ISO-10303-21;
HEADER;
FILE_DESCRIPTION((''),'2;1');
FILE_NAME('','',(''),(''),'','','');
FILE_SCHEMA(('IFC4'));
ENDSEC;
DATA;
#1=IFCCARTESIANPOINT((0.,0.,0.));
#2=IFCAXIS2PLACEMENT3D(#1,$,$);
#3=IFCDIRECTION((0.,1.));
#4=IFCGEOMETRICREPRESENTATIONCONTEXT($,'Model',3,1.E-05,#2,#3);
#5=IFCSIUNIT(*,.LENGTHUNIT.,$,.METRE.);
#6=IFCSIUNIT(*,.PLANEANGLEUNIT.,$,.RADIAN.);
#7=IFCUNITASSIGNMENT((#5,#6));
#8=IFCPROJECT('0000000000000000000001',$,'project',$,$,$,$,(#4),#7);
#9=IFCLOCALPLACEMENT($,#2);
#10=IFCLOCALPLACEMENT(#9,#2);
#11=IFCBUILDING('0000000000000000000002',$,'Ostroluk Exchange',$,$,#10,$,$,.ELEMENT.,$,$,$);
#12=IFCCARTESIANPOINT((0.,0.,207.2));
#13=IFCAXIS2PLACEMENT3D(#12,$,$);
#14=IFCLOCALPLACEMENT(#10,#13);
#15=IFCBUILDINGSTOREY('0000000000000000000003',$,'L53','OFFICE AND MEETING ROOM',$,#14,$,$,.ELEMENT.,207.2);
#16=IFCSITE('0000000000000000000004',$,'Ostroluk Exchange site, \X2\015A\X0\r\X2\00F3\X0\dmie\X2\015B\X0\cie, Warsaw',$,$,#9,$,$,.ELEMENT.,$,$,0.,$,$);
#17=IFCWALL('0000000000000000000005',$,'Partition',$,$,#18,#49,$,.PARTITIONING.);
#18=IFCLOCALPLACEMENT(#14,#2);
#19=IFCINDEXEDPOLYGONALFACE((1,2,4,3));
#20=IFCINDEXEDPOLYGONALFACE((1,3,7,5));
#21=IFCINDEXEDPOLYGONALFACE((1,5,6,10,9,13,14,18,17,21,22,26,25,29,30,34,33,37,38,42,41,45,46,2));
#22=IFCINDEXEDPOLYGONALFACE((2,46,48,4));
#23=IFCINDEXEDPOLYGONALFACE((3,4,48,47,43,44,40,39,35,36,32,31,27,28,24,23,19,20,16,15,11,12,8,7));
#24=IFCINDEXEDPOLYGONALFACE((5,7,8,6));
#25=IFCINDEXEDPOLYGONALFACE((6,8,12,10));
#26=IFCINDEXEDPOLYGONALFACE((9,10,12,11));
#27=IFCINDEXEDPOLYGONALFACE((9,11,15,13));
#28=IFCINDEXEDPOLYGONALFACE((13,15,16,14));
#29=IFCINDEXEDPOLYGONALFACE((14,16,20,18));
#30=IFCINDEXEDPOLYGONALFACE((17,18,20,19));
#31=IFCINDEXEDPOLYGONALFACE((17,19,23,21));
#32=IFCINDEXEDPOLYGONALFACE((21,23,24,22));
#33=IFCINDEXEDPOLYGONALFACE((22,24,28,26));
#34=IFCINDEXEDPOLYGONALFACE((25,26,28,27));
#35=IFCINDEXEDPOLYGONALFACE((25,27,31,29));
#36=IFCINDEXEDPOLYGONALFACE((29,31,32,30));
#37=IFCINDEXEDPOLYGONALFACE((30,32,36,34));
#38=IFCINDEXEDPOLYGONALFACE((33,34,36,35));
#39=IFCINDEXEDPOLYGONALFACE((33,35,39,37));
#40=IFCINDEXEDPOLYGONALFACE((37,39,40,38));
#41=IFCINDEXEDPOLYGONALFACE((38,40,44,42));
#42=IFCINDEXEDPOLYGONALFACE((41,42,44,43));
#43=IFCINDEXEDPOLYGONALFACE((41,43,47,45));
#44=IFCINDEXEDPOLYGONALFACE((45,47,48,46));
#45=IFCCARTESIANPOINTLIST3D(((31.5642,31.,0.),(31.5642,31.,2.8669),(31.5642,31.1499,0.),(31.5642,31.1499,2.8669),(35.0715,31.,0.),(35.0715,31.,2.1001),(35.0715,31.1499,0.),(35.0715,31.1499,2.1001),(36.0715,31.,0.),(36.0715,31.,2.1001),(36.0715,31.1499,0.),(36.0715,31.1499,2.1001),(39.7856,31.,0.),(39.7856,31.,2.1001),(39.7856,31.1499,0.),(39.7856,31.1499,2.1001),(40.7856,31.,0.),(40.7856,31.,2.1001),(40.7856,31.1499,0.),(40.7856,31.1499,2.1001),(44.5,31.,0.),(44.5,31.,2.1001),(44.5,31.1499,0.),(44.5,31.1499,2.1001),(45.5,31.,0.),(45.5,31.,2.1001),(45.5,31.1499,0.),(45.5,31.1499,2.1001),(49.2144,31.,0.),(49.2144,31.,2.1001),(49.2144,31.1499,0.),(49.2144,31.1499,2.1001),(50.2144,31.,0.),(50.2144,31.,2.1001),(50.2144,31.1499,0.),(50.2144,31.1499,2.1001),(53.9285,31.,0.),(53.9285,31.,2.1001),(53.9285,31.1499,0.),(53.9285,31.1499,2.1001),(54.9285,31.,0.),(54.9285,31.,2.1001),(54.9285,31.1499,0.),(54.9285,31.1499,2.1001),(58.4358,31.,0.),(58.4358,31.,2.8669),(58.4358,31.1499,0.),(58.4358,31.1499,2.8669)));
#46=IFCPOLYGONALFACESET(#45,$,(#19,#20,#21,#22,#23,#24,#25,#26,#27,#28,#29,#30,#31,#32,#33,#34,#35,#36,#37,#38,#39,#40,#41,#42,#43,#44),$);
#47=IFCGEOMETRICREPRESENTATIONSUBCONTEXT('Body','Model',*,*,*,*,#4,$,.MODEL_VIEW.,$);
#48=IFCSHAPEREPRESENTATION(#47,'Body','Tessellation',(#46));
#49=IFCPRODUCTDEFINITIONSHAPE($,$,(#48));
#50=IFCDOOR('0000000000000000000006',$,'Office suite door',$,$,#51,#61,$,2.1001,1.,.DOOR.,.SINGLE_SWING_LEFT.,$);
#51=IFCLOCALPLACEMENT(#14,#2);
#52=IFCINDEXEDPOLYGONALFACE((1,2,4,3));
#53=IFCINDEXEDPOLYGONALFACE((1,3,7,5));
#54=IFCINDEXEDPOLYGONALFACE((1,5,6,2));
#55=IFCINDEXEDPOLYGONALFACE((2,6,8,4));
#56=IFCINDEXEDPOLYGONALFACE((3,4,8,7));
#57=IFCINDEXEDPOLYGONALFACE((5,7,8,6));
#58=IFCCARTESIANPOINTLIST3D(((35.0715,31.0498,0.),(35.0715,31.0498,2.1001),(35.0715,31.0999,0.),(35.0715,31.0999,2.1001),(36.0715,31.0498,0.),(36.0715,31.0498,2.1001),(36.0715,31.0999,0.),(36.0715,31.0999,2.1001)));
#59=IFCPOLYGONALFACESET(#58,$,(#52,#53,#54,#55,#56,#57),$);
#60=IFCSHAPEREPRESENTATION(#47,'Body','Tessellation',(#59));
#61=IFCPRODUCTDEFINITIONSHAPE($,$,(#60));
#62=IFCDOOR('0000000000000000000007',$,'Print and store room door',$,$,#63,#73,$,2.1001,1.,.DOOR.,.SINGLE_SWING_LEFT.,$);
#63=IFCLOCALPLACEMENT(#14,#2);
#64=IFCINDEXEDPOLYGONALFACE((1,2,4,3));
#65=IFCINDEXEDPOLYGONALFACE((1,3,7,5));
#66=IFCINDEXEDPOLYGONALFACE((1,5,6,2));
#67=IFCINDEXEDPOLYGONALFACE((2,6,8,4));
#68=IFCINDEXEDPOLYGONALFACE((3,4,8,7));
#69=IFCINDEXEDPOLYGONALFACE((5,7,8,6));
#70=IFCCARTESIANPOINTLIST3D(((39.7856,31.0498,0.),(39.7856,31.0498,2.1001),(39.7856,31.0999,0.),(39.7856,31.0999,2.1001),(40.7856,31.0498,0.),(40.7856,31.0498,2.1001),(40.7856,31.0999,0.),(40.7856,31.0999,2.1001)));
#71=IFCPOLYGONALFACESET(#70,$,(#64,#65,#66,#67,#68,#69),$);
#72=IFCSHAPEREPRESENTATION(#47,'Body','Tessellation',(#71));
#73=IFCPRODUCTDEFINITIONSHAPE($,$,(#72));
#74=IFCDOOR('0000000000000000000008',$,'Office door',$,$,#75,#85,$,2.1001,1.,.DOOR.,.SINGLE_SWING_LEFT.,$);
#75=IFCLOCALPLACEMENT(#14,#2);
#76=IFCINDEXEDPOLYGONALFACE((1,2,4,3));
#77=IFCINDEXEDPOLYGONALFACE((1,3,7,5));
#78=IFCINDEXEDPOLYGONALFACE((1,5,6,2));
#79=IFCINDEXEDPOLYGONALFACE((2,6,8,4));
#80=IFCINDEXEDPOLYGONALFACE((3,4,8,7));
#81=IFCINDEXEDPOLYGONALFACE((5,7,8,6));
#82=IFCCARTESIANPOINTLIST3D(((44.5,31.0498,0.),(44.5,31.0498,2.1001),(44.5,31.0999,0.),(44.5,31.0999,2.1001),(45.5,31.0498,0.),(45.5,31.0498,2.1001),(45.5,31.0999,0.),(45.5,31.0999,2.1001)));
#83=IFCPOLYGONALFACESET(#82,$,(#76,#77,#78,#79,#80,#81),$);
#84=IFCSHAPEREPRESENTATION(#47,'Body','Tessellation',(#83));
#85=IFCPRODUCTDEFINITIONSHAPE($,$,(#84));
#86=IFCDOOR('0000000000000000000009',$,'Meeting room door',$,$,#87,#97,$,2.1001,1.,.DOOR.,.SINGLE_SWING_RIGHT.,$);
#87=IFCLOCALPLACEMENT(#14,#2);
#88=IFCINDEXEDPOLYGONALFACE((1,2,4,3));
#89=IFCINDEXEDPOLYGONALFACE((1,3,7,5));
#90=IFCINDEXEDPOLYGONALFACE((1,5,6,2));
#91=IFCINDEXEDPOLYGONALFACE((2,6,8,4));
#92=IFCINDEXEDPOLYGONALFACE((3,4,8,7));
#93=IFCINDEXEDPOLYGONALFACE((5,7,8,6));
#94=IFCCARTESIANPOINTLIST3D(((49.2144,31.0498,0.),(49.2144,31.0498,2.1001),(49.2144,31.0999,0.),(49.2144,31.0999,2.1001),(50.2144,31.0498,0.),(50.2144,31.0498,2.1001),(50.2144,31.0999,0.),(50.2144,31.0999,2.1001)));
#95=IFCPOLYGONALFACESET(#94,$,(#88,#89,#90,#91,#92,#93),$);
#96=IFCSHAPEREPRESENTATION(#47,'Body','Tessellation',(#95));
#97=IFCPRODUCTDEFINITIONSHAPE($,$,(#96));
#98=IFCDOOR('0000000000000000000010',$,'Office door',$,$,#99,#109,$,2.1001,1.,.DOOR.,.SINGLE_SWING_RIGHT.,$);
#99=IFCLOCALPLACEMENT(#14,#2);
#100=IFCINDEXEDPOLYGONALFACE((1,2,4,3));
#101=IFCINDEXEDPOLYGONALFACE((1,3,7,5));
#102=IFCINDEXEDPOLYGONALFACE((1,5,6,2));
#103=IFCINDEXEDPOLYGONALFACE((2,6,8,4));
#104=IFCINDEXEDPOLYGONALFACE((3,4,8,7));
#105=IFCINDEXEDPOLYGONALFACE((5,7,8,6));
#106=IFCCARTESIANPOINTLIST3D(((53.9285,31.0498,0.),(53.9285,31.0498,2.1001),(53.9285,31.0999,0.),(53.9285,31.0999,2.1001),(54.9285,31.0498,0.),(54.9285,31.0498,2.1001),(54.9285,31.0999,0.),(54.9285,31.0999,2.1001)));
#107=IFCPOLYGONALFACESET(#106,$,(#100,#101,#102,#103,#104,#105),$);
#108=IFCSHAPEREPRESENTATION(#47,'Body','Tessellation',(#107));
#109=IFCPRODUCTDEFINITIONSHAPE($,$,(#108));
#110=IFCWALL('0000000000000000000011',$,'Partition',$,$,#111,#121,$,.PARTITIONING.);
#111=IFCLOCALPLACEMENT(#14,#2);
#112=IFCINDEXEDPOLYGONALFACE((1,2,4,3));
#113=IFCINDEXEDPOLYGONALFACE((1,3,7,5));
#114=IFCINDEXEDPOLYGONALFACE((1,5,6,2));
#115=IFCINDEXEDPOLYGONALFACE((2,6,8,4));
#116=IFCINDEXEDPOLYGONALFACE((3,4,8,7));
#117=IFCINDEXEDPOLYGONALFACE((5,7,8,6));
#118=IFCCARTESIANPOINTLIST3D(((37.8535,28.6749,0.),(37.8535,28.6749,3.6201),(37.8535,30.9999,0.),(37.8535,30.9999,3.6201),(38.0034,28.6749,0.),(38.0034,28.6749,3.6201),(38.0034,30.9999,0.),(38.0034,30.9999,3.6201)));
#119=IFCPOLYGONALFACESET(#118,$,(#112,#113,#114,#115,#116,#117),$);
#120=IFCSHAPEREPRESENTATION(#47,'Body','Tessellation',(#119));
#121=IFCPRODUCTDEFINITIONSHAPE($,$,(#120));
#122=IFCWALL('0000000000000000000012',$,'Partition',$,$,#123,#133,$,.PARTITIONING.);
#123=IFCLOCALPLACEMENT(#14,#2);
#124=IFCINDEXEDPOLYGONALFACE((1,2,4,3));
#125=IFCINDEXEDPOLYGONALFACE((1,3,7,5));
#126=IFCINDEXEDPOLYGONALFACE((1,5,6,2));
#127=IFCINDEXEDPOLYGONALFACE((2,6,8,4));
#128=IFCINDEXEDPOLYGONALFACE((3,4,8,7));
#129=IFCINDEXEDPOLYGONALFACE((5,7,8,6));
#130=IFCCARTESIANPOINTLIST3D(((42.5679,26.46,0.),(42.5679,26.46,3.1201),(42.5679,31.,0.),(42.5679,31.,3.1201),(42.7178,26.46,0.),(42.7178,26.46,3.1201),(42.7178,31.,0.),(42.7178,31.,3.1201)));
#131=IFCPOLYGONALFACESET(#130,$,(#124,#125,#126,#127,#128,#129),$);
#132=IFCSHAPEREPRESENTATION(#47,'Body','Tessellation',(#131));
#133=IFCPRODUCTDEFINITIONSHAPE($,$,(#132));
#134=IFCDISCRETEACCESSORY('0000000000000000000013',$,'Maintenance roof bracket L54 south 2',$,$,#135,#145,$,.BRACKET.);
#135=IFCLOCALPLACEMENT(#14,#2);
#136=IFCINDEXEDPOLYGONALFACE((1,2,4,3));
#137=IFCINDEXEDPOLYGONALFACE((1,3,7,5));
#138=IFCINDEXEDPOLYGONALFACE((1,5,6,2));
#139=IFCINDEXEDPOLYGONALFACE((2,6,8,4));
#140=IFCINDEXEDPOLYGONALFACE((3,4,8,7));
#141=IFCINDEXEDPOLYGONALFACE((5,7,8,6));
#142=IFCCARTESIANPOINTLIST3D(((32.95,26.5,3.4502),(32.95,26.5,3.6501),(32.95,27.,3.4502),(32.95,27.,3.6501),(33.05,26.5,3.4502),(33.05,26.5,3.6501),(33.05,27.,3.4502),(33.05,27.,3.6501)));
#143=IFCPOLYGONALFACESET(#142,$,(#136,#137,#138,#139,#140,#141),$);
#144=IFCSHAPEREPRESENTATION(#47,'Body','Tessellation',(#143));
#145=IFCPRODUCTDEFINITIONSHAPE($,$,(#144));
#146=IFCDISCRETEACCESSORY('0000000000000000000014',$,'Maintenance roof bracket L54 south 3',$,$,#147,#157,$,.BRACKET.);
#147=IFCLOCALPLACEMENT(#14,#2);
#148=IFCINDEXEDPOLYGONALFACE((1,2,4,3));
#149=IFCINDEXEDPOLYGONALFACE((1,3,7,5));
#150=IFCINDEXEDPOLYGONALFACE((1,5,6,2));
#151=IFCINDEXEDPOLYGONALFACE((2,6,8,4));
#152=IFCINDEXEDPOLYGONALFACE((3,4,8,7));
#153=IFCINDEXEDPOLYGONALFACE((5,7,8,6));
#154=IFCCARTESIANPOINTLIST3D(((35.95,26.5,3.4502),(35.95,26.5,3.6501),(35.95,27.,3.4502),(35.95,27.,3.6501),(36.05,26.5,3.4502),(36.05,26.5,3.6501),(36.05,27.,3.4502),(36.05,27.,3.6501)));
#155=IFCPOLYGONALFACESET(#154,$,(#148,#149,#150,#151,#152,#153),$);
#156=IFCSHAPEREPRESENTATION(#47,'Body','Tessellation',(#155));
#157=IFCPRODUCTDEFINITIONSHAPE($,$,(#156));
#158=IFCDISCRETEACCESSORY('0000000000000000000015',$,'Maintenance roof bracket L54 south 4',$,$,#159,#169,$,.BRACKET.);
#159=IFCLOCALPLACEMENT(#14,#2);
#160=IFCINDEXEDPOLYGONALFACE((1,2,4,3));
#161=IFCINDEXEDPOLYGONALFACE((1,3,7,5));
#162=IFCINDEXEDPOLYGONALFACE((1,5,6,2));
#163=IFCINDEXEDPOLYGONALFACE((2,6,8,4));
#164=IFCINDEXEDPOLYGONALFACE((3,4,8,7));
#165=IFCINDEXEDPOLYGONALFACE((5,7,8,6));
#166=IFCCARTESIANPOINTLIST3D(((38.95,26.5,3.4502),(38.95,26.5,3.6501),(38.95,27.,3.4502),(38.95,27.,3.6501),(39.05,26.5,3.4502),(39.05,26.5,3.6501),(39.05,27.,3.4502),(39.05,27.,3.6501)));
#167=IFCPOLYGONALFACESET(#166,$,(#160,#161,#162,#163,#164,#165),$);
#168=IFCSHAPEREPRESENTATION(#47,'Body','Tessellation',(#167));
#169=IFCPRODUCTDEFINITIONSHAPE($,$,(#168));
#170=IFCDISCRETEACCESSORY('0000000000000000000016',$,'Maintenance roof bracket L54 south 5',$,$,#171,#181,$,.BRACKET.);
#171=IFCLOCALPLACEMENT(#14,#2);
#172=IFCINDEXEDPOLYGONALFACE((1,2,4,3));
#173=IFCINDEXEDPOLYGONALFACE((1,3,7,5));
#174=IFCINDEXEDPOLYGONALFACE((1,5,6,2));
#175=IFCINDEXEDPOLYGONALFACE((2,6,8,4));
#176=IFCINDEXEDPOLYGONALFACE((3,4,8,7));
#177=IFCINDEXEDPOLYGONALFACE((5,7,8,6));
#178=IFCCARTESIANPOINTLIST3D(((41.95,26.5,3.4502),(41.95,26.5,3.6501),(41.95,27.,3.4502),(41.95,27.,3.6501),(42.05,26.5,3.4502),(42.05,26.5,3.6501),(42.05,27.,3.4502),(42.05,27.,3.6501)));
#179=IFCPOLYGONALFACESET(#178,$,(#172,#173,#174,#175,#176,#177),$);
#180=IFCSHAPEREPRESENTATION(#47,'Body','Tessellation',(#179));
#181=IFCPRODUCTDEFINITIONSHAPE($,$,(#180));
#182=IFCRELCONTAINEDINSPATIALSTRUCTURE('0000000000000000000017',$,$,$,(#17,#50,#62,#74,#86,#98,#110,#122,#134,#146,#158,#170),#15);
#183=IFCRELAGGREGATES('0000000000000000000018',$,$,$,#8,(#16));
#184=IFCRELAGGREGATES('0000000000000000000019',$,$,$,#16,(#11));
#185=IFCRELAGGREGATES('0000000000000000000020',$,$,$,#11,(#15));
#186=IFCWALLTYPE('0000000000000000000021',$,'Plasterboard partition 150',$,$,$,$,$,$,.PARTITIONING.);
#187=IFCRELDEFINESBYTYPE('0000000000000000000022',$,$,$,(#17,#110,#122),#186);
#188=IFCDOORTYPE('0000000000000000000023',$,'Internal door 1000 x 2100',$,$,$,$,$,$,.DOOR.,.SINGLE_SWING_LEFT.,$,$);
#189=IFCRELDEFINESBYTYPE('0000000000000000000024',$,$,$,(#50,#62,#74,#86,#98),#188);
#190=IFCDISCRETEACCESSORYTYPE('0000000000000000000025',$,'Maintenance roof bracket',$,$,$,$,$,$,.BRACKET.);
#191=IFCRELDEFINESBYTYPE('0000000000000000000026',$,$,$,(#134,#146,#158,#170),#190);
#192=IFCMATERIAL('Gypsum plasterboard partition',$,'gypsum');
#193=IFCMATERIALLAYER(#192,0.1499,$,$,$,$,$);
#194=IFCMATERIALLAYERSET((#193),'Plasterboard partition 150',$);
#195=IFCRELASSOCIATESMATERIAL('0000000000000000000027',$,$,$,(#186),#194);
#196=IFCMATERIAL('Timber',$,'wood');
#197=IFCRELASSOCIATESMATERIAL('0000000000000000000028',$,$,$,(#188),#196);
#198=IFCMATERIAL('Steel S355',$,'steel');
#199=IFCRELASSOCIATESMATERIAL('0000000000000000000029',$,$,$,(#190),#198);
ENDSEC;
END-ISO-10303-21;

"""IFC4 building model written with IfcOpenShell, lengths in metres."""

from ifc_helpers import new_model, si_unit, direction, frame, frame_2d, origin, origin_2d, place, context, subcontext, project, spatial, rectangle, extrude, material, layer, layer_set, type_object, element, fill, save


model = new_model("IFC4")

# Units and contexts
model_context = context("Model", 3, precision=1e-05, world=origin(), true_north=direction((0.0, 1.0)))
body_context = subcontext(model_context, "Body", "Model", "MODEL_VIEW")
ifc_project = project(units=[si_unit("LENGTHUNIT", "METRE"), si_unit("PLANEANGLEUNIT", "RADIAN")], contexts=[model_context])

# Site, building, storey
site_placement = place(None, origin())
site = spatial("IfcSite", under=ifc_project, at=site_placement, Name="Ostroluk Exchange site, Śródmieście, Warsaw", CompositionType="ELEMENT", RefElevation=0.0)
building_placement = place(site_placement, origin())
building = spatial("IfcBuilding", under=site, at=building_placement, Name="Ostroluk Exchange", CompositionType="ELEMENT")
storey_placement = place(building_placement, frame((0.0, 0.0, 207.2)))
storey = spatial("IfcBuildingStorey", under=building, at=storey_placement, Name="L53", Description="OFFICE AND MEETING ROOM", CompositionType="ELEMENT", Elevation=207.2)

# Shared definitions
ifc_material_1 = material(Name="Gypsum plasterboard partition", Category="gypsum")
ifc_layer_1 = layer(ifc_material_1, 0.1499)
ifc_layer_set_1 = layer_set([ifc_layer_1], Name="Plasterboard partition 150")
wall_type = type_object("IfcWallType", Name="Plasterboard partition 150", PredefinedType="PARTITIONING", material=ifc_layer_set_1)

# Wall, openings, doors
wall_1_placement = place(storey_placement, frame((31.5642, 31.075, 0.0), z_axis=(0.0, 0.0, 1.0), x_axis=(1.0, 0.0, 0.0)))
wall_1 = element("IfcWall", 1, at=wall_1_placement, inside=storey, type_object=wall_type, Name="Partition", PredefinedType="PARTITIONING", context=body_context, shape_type="SweptSolid", body=[
    extrude(rectangle(XDim=26.8716, YDim=0.1499, at=frame_2d((13.4358, 0.0))), origin(), (0.0, 0.0, 1.0), 2.8669),
])
opening_1_placement = place(wall_1_placement, frame((3.5073, 0.0, 0.0)))
opening_1 = element("IfcOpeningElement", 2, at=opening_1_placement, cuts=wall_1, PredefinedType="OPENING", context=body_context, shape_type="SweptSolid", body=[
    extrude(rectangle(XDim=1.0, YDim=2.1001, at=frame_2d((0.5, 1.05))), frame((0.0, 0.085, 0.0), z_axis=(0.0, -1.0, 0.0), x_axis=(1.0, 0.0, 0.0)), (0.0, 0.0, 1.0), 0.1699),
])
opening_2_placement = place(wall_1_placement, frame((8.2214, 0.0, 0.0)))
opening_2 = element("IfcOpeningElement", 3, at=opening_2_placement, cuts=wall_1, PredefinedType="OPENING", context=body_context, shape_type="SweptSolid", body=[
    extrude(rectangle(XDim=1.0, YDim=2.1001, at=frame_2d((0.5, 1.05))), frame((0.0, 0.085, 0.0), z_axis=(0.0, -1.0, 0.0), x_axis=(1.0, 0.0, 0.0)), (0.0, 0.0, 1.0), 0.1699),
])
opening_3_placement = place(wall_1_placement, frame((12.9358, 0.0, 0.0)))
opening_3 = element("IfcOpeningElement", 4, at=opening_3_placement, cuts=wall_1, PredefinedType="OPENING", context=body_context, shape_type="SweptSolid", body=[
    extrude(rectangle(XDim=1.0, YDim=2.1001, at=frame_2d((0.5, 1.05))), frame((0.0, 0.085, 0.0), z_axis=(0.0, -1.0, 0.0), x_axis=(1.0, 0.0, 0.0)), (0.0, 0.0, 1.0), 0.1699),
])
opening_4_placement = place(wall_1_placement, frame((17.6501, 0.0, 0.0)))
opening_4 = element("IfcOpeningElement", 5, at=opening_4_placement, cuts=wall_1, PredefinedType="OPENING", context=body_context, shape_type="SweptSolid", body=[
    extrude(rectangle(XDim=1.0, YDim=2.1001, at=frame_2d((0.5, 1.05))), frame((0.0, 0.085, 0.0), z_axis=(0.0, -1.0, 0.0), x_axis=(1.0, 0.0, 0.0)), (0.0, 0.0, 1.0), 0.1699),
])
opening_5_placement = place(wall_1_placement, frame((22.3643, 0.0, 0.0)))
opening_5 = element("IfcOpeningElement", 6, at=opening_5_placement, cuts=wall_1, PredefinedType="OPENING", context=body_context, shape_type="SweptSolid", body=[
    extrude(rectangle(XDim=1.0, YDim=2.1001, at=frame_2d((0.5, 1.05))), frame((0.0, 0.085, 0.0), z_axis=(0.0, -1.0, 0.0), x_axis=(1.0, 0.0, 0.0)), (0.0, 0.0, 1.0), 0.1699),
])
ifc_material_2 = material(Name="Timber", Category="wood")
door_type = type_object("IfcDoorType", Name="Internal door 1000 x 2100", OperationType="SINGLE_SWING_LEFT", PredefinedType="DOOR", material=ifc_material_2)
door_1_placement = place(opening_1_placement, origin())
door_1 = element("IfcDoor", 7, at=door_1_placement, inside=storey, type_object=door_type, Name="Office suite door", OperationType="SINGLE_SWING_LEFT", OverallHeight=2.1001, OverallWidth=1.0, PredefinedType="DOOR", context=body_context, shape_type="SweptSolid", body=[
    extrude(rectangle(XDim=1.0, YDim=2.1001, at=frame_2d((0.5, 1.05))), frame((0.0, 0.0249, 0.0), z_axis=(0.0, -1.0, 0.0), x_axis=(1.0, 0.0, 0.0)), (0.0, 0.0, 1.0), 0.05),
])
fill(opening_1, door_1)
door_2_placement = place(opening_2_placement, origin())
door_2 = element("IfcDoor", 8, at=door_2_placement, inside=storey, type_object=door_type, Name="Print and store room door", OperationType="SINGLE_SWING_LEFT", OverallHeight=2.1001, OverallWidth=1.0, PredefinedType="DOOR", context=body_context, shape_type="SweptSolid", body=[
    extrude(rectangle(XDim=1.0, YDim=2.1001, at=frame_2d((0.5, 1.05))), frame((0.0, 0.0249, 0.0), z_axis=(0.0, -1.0, 0.0), x_axis=(1.0, 0.0, 0.0)), (0.0, 0.0, 1.0), 0.05),
])
fill(opening_2, door_2)
door_3_placement = place(opening_3_placement, origin())
door_3 = element("IfcDoor", 9, at=door_3_placement, inside=storey, type_object=door_type, Name="Office door", OperationType="SINGLE_SWING_LEFT", OverallHeight=2.1001, OverallWidth=1.0, PredefinedType="DOOR", context=body_context, shape_type="SweptSolid", body=[
    extrude(rectangle(XDim=1.0, YDim=2.1001, at=frame_2d((0.5, 1.05))), frame((0.0, 0.0249, 0.0), z_axis=(0.0, -1.0, 0.0), x_axis=(1.0, 0.0, 0.0)), (0.0, 0.0, 1.0), 0.05),
])
fill(opening_3, door_3)
door_4_placement = place(opening_4_placement, origin())
door_4 = element("IfcDoor", 10, at=door_4_placement, inside=storey, type_object=door_type, Name="Meeting room door", OperationType="SINGLE_SWING_RIGHT", OverallHeight=2.1001, OverallWidth=1.0, PredefinedType="DOOR", context=body_context, shape_type="SweptSolid", body=[
    extrude(rectangle(XDim=1.0, YDim=2.1001, at=frame_2d((0.5, 1.05))), frame((0.0, 0.0249, 0.0), z_axis=(0.0, -1.0, 0.0), x_axis=(1.0, 0.0, 0.0)), (0.0, 0.0, 1.0), 0.05),
])
fill(opening_4, door_4)
door_5_placement = place(opening_5_placement, origin())
door_5 = element("IfcDoor", 11, at=door_5_placement, inside=storey, type_object=door_type, Name="Office door", OperationType="SINGLE_SWING_RIGHT", OverallHeight=2.1001, OverallWidth=1.0, PredefinedType="DOOR", context=body_context, shape_type="SweptSolid", body=[
    extrude(rectangle(XDim=1.0, YDim=2.1001, at=frame_2d((0.5, 1.05))), frame((0.0, 0.0249, 0.0), z_axis=(0.0, -1.0, 0.0), x_axis=(1.0, 0.0, 0.0)), (0.0, 0.0, 1.0), 0.05),
])
fill(opening_5, door_5)

# Walls
wall_2_placement = place(storey_placement, frame((37.9285, 31.0, 0.0), z_axis=(0.0, 0.0, 1.0), x_axis=(0.0, -1.0, 0.0)))
element("IfcWall", 12, at=wall_2_placement, inside=storey, type_object=wall_type, Name="Partition", PredefinedType="PARTITIONING", context=body_context, shape_type="SweptSolid", body=[
    extrude(rectangle(XDim=2.325, YDim=0.1499, at=frame_2d((1.1626, 0.0))), origin(), (0.0, 0.0, 1.0), 3.6201),
])
wall_3_placement = place(storey_placement, frame((42.6428, 31.0, 0.0), z_axis=(0.0, 0.0, 1.0), x_axis=(0.0, -1.0, 0.0)))
element("IfcWall", 13, at=wall_3_placement, inside=storey, type_object=wall_type, Name="Partition", PredefinedType="PARTITIONING", context=body_context, shape_type="SweptSolid", body=[
    extrude(rectangle(XDim=4.54, YDim=0.1499, at=frame_2d((2.27, 0.0))), origin(), (0.0, 0.0, 1.0), 3.1201),
])

# Discrete accessories
ifc_material_3 = material(Name="Steel S355", Category="steel")
discrete_accessory_type = type_object("IfcDiscreteAccessoryType", Name="Maintenance roof bracket", PredefinedType="BRACKET", material=ifc_material_3)
for number, where, z_axis, x_axis, name in (
    (14, (33.0, 26.75, 3.4502), (0.0, 0.0, 1.0), (1.0, 0.0, 0.0), "Maintenance roof bracket L54 south 2"),
    (15, (36.0, 26.75, 3.4502), (0.0, 0.0, 1.0), (1.0, 0.0, 0.0), "Maintenance roof bracket L54 south 3"),
    (16, (39.0, 26.75, 3.4502), (0.0, 0.0, 1.0), (1.0, 0.0, 0.0), "Maintenance roof bracket L54 south 4"),
    (17, (42.0, 26.75, 3.4502), (0.0, 0.0, 1.0), (1.0, 0.0, 0.0), "Maintenance roof bracket L54 south 5"),
):
    element("IfcDiscreteAccessory", number, at=place(storey_placement, frame(where, z_axis=z_axis, x_axis=x_axis)), inside=storey, type_object=discrete_accessory_type, Name=name, PredefinedType="BRACKET", context=body_context, shape_type="SweptSolid", body=[
        extrude(rectangle(XDim=0.1001, YDim=0.5, at=origin_2d()), origin(), (0.0, 0.0, 1.0), 0.2),
    ])

save(model, "model.ifc")
